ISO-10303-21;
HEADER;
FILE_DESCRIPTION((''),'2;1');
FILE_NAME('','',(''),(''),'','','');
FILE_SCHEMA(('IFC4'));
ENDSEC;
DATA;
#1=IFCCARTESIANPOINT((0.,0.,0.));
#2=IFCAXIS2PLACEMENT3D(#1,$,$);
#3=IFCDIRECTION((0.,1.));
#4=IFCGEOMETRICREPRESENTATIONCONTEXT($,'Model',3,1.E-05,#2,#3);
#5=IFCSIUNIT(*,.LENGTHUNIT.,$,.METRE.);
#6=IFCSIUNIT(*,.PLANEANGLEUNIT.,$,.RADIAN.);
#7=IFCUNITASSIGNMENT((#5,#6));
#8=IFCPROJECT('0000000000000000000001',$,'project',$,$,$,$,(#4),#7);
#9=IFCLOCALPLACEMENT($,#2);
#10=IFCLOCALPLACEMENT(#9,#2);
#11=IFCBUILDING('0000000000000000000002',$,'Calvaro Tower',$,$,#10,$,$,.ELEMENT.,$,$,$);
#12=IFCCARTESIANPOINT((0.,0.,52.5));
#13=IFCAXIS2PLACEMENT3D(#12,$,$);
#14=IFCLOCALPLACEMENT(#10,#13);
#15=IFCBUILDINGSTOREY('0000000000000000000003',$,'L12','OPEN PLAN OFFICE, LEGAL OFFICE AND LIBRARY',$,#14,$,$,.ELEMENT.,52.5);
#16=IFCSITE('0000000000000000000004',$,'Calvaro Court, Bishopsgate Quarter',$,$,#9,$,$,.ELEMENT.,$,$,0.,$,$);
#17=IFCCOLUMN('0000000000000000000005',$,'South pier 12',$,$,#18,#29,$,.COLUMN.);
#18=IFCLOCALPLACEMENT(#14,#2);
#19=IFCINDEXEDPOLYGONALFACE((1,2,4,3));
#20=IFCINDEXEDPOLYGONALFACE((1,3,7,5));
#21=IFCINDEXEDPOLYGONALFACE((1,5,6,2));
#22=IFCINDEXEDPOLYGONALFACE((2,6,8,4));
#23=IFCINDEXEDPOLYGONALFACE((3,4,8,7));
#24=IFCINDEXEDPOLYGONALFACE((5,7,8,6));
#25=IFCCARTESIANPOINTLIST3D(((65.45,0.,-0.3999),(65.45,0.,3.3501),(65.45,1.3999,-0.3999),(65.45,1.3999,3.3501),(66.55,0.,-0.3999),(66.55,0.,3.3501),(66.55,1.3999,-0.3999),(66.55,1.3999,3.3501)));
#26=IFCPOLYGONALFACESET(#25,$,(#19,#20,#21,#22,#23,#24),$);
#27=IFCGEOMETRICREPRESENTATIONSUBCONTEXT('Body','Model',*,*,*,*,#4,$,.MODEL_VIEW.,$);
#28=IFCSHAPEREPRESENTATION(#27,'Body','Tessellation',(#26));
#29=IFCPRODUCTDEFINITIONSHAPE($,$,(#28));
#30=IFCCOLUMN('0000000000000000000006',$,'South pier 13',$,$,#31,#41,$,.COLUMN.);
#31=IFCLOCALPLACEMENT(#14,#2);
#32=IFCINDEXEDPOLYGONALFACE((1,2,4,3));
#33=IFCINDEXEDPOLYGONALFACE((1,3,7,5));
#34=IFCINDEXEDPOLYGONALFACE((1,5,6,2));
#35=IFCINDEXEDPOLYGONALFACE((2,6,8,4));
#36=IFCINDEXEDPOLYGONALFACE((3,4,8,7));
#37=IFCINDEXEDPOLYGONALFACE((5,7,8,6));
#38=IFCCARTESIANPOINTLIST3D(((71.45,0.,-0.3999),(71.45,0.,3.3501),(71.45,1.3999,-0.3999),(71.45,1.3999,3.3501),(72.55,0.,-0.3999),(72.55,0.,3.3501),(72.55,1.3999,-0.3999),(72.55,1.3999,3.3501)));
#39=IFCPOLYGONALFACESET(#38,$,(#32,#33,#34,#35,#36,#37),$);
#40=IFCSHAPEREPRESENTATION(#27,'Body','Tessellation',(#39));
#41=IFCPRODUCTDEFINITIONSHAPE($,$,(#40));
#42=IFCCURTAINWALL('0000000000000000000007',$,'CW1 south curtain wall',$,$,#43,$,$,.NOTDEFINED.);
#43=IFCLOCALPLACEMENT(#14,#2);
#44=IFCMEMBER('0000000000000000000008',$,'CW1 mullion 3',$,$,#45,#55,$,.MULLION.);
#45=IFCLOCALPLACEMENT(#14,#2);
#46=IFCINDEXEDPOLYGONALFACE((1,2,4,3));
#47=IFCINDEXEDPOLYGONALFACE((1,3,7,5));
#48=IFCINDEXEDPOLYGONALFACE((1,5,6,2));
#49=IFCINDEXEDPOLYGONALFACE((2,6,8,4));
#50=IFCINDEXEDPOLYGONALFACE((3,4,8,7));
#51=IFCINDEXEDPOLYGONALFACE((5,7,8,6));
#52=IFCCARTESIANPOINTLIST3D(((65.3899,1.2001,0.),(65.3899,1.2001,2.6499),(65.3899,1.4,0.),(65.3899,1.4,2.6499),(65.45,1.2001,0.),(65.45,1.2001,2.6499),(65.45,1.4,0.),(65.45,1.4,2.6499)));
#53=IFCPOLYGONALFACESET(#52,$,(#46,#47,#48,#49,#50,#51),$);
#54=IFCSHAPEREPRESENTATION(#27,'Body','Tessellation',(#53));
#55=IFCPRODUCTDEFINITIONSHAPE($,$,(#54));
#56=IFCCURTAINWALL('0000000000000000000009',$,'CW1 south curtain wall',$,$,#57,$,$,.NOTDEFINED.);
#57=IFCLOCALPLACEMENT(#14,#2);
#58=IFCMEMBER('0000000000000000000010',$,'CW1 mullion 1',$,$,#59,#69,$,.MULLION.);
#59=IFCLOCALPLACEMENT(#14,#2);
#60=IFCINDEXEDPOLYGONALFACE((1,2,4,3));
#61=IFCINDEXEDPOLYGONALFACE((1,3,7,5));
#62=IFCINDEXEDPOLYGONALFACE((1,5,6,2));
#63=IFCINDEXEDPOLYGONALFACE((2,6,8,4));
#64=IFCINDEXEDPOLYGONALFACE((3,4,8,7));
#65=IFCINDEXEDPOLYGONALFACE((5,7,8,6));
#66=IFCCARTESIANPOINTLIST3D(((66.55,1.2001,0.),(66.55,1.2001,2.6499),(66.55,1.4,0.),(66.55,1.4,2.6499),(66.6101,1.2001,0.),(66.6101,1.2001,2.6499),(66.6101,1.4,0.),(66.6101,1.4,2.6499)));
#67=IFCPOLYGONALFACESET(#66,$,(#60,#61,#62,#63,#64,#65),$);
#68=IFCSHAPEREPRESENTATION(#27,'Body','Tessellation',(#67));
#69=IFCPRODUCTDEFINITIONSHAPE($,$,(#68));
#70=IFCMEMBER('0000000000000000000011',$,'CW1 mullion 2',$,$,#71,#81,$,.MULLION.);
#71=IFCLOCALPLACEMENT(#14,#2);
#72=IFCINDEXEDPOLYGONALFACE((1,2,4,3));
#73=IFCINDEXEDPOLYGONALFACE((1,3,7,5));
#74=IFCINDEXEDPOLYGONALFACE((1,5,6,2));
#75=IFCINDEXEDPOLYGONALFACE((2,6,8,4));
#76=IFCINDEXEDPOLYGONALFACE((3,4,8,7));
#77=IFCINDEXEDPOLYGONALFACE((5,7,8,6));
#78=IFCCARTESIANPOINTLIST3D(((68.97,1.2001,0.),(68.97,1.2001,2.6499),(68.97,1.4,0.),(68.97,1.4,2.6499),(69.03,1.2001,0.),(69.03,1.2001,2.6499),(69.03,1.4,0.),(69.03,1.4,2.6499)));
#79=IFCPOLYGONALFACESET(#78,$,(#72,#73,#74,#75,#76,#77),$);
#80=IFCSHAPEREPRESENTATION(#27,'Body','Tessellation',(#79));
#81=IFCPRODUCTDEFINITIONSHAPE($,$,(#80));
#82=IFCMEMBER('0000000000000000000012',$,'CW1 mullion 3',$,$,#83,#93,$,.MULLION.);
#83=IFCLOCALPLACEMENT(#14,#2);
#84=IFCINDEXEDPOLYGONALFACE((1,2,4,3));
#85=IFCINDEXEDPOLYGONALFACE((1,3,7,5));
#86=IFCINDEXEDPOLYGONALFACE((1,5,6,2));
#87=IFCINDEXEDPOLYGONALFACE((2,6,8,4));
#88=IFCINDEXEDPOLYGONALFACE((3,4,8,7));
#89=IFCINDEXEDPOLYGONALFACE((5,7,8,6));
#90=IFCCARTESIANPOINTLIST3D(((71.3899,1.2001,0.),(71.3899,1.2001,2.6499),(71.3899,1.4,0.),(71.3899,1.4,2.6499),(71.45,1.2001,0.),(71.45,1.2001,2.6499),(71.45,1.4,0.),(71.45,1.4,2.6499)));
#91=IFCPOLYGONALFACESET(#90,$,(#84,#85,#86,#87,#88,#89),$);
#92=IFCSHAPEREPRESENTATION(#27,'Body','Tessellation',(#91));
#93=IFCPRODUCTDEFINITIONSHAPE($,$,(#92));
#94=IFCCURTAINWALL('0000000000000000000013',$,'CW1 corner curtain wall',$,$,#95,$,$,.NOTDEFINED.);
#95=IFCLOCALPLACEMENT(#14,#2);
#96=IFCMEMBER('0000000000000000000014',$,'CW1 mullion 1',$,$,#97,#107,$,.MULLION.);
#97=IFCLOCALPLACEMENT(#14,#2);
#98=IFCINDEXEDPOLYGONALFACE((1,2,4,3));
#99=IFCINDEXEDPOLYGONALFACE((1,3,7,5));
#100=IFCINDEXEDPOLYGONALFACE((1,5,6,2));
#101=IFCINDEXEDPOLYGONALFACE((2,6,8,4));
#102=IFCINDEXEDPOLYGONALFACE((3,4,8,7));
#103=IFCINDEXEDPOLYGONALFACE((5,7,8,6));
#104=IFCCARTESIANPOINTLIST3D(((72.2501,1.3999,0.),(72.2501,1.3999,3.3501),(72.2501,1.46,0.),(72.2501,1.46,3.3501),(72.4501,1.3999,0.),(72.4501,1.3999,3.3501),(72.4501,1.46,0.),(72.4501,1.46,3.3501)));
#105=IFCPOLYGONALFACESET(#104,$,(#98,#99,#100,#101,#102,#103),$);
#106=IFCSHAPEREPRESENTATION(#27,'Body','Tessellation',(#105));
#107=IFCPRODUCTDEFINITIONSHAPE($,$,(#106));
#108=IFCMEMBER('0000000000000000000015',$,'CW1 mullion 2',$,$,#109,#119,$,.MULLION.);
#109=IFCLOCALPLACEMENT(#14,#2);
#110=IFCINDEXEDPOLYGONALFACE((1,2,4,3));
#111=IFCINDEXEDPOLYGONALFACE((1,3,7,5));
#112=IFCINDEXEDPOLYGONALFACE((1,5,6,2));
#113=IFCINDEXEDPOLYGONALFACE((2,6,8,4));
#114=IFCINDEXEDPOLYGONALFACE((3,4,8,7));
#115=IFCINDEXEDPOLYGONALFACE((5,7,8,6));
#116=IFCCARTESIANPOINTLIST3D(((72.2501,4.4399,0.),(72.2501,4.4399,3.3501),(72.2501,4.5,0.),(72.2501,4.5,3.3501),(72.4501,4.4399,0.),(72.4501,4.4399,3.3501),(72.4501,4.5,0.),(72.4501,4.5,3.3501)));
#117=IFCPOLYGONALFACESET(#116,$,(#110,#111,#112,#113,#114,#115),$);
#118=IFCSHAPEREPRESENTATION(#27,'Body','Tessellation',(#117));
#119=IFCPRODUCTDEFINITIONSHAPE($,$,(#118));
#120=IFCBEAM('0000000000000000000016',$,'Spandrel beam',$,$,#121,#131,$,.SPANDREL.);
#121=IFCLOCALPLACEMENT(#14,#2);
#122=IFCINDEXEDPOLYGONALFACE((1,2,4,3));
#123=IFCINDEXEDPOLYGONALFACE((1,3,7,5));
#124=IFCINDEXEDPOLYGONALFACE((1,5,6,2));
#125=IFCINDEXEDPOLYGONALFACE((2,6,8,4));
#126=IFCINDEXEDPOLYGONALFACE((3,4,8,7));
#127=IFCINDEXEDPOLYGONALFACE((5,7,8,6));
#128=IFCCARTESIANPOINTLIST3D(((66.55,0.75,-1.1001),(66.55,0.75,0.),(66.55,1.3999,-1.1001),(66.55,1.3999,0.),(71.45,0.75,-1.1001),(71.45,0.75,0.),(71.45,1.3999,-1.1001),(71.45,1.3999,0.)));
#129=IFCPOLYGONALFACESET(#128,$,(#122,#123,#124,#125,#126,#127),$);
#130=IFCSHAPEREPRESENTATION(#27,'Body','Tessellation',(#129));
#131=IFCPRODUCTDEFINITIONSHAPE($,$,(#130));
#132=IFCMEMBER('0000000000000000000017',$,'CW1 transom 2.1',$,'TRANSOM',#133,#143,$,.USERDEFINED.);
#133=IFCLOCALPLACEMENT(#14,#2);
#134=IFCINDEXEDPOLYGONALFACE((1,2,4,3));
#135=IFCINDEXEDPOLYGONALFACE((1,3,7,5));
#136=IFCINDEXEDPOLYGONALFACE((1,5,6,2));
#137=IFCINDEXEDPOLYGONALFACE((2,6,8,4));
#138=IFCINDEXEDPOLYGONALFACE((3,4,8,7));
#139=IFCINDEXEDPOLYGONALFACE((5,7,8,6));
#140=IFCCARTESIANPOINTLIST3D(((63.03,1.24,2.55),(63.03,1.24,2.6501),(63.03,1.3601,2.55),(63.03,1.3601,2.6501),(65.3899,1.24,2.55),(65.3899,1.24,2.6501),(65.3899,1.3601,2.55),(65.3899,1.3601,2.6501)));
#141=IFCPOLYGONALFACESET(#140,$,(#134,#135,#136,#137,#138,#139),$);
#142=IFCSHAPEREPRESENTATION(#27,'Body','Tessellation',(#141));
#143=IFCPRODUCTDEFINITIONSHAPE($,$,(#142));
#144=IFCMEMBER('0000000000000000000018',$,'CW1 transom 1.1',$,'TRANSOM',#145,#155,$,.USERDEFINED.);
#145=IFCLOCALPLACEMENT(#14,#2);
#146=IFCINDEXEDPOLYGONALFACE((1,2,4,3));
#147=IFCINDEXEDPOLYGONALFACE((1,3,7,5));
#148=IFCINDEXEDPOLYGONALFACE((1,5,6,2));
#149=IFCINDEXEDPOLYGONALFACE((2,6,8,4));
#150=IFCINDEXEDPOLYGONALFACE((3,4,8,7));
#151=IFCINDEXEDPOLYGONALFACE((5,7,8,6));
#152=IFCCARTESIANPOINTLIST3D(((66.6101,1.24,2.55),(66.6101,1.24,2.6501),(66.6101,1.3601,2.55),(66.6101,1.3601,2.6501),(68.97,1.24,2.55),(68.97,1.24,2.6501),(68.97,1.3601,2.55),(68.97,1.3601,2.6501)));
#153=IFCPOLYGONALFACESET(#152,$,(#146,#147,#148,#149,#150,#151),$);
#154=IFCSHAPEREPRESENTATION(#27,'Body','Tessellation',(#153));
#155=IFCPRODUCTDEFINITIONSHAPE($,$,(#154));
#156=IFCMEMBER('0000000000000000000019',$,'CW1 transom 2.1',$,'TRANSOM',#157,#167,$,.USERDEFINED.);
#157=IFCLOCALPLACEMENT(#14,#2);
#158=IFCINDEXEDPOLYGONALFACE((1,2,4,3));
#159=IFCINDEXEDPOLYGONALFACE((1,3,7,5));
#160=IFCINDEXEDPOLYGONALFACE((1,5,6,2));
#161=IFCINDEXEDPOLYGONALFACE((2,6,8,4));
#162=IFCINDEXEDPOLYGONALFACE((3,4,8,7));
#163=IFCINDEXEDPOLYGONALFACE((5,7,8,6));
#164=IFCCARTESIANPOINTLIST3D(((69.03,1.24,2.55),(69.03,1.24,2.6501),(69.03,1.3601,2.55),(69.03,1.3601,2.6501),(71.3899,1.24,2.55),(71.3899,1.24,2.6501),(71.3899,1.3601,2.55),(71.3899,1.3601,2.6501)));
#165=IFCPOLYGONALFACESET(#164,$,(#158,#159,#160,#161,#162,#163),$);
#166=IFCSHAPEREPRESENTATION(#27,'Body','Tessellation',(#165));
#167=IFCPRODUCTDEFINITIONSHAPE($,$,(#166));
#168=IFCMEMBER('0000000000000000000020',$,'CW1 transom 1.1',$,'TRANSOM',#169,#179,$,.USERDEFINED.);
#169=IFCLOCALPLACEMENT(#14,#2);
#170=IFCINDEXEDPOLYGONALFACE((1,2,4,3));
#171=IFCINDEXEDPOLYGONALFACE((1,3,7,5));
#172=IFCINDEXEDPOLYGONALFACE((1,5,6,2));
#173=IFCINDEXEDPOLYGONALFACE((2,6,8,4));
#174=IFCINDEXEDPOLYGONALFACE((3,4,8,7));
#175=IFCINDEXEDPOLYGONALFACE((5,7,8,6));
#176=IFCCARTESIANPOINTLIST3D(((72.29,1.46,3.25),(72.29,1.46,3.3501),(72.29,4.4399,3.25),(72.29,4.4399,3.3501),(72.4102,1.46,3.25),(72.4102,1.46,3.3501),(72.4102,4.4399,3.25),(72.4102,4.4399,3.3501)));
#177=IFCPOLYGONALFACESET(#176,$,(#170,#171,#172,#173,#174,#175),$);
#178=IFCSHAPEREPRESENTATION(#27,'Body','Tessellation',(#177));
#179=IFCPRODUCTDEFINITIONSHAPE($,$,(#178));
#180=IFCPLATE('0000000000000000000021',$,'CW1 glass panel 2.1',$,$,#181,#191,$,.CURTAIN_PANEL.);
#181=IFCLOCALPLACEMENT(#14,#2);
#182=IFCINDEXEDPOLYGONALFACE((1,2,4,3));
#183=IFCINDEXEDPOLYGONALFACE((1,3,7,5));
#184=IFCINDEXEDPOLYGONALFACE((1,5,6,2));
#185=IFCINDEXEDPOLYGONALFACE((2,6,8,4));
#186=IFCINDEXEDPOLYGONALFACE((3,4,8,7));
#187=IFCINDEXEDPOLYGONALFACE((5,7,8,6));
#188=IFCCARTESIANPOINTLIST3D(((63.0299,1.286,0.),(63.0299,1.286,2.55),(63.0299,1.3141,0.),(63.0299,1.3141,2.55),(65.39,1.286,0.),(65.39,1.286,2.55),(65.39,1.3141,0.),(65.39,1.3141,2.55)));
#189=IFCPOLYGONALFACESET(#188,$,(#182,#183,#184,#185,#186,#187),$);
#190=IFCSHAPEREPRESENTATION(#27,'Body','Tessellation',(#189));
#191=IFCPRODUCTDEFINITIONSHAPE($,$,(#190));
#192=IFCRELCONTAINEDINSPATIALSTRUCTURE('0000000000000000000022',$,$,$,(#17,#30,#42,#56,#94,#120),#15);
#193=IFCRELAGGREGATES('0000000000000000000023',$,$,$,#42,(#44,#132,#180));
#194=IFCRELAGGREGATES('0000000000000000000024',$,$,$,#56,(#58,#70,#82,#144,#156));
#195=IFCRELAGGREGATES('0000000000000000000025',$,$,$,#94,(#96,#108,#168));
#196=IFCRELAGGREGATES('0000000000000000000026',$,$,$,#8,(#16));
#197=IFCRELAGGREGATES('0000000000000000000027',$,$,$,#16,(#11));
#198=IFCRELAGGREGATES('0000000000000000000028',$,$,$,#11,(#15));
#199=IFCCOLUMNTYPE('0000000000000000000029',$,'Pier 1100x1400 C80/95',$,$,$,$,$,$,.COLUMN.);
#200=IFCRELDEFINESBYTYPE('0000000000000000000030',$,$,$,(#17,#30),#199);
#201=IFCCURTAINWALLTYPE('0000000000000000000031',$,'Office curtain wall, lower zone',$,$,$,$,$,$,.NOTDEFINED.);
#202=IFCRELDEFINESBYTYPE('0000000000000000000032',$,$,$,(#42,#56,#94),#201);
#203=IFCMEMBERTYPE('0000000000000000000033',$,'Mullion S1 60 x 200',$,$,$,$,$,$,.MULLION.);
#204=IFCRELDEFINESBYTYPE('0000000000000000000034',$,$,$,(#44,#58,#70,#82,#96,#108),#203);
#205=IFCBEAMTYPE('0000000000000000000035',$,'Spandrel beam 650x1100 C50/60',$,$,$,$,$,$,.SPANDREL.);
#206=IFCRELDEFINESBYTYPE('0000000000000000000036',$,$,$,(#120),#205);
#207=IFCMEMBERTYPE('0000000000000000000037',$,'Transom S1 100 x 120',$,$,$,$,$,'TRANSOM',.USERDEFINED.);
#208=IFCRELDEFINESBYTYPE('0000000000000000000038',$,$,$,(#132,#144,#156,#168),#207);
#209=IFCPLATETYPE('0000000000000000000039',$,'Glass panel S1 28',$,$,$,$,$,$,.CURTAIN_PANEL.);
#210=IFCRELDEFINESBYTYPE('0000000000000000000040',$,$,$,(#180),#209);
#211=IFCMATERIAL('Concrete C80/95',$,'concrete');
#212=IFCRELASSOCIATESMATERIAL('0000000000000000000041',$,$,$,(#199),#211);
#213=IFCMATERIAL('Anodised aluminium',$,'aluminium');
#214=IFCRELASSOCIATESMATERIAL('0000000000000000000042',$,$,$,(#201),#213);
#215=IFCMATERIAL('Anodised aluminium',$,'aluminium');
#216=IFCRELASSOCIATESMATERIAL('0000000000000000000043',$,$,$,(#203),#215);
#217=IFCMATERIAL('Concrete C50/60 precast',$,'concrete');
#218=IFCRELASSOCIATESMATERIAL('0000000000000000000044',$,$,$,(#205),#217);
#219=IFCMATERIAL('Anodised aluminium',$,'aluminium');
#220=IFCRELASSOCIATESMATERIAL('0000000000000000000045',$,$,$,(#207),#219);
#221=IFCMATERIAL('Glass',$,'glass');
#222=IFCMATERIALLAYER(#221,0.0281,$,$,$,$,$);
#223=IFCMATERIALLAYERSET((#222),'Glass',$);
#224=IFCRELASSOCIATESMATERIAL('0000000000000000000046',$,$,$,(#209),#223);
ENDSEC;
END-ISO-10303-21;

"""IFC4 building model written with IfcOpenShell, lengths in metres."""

from ifc_helpers import new_model, si_unit, direction, frame, origin, origin_2d, place, context, subcontext, project, spatial, rectangle, extrude, material, layer, layer_set, material_profile, profile_set, type_object, element, aggregate, save


model = new_model("IFC4")

# Units and contexts
model_context = context("Model", 3, precision=1e-05, world=origin(), true_north=direction((0.0, 1.0)))
body_context = subcontext(model_context, "Body", "Model", "MODEL_VIEW")
ifc_project = project(units=[si_unit("LENGTHUNIT", "METRE"), si_unit("PLANEANGLEUNIT", "RADIAN")], contexts=[model_context])

# Site, building, storey
site_placement = place(None, origin())
site = spatial("IfcSite", under=ifc_project, at=site_placement, Name="Calvaro Court, Bishopsgate Quarter", CompositionType="ELEMENT", RefElevation=0.0)
building_placement = place(site_placement, origin())
building = spatial("IfcBuilding", under=site, at=building_placement, Name="Calvaro Tower", CompositionType="ELEMENT")
storey_placement = place(building_placement, frame((0.0, 0.0, 52.5)))
storey = spatial("IfcBuildingStorey", under=building, at=storey_placement, Name="L12", Description="OPEN PLAN OFFICE, LEGAL OFFICE AND LIBRARY", CompositionType="ELEMENT", Elevation=52.5)

# Columns
ifc_material_1 = material(Name="Concrete C80/95", Category="concrete")
ifc_material_profile_1 = material_profile(ifc_material_1, rectangle(XDim=1.1001, YDim=1.3999, at=origin_2d()), Name="RC 1100x1400")
ifc_profile_set_1 = profile_set([ifc_material_profile_1], Name="Concrete C80/95")
column_type = type_object("IfcColumnType", Name="Pier 1100x1400 C80/95", PredefinedType="COLUMN", material=ifc_profile_set_1)
for number, where, z_axis, x_axis, name in (
    (1, (66.0, 0.7, -0.3999), (0.0, 0.0, 1.0), (1.0, 0.0, 0.0), "South pier 12"),
    (2, (72.0, 0.7, -0.3999), (0.0, 0.0, 1.0), (1.0, 0.0, 0.0), "South pier 13"),
):
    element("IfcColumn", number, at=place(storey_placement, frame(where, z_axis=z_axis, x_axis=x_axis)), inside=storey, type_object=column_type, Name=name, PredefinedType="COLUMN", context=body_context, shape_type="SweptSolid", body=[
        extrude(rectangle(XDim=1.1001, YDim=1.3999, at=origin_2d()), origin(), (0.0, 0.0, 1.0), 3.75),
    ])

# Curtain wall, member
ifc_material_2 = material(Name="Anodised aluminium", Category="aluminium")
curtain_wall_type = type_object("IfcCurtainWallType", Name="Office curtain wall, lower zone", PredefinedType="NOTDEFINED", material=ifc_material_2)
curtain_wall_1_placement = place(storey_placement, origin())
curtain_wall_1 = element("IfcCurtainWall", 3, at=curtain_wall_1_placement, inside=storey, type_object=curtain_wall_type, Name="CW1 south curtain wall", PredefinedType="NOTDEFINED")
ifc_material_3 = material(Name="Anodised aluminium", Category="aluminium")
ifc_material_profile_2 = material_profile(ifc_material_3, rectangle(XDim=0.2, YDim=0.0601, at=origin_2d()), Name="Mullion S1 60 x 200")
ifc_profile_set_2 = profile_set([ifc_material_profile_2], Name="Anodised aluminium")
member_type_1 = type_object("IfcMemberType", Name="Mullion S1 60 x 200", PredefinedType="MULLION", material=ifc_profile_set_2)
member_1_placement = place(storey_placement, frame((65.4199, 1.3, 0.0), z_axis=(0.0, 0.0, 1.0), x_axis=(0.0, 1.0, 0.0)))
member_1 = element("IfcMember", 4, at=member_1_placement, type_object=member_type_1, Name="CW1 mullion 3", PredefinedType="MULLION", context=body_context, shape_type="SweptSolid", body=[
    extrude(rectangle(XDim=0.2, YDim=0.0601, at=origin_2d()), origin(), (0.0, 0.0, 1.0), 2.6499),
])

# Curtain walls, members
curtain_wall_2_placement = place(storey_placement, origin())
curtain_wall_2 = element("IfcCurtainWall", 5, at=curtain_wall_2_placement, inside=storey, type_object=curtain_wall_type, Name="CW1 south curtain wall", PredefinedType="NOTDEFINED")
member_2_placement = place(storey_placement, frame((66.5801, 1.3, 0.0), z_axis=(0.0, 0.0, 1.0), x_axis=(0.0, 1.0, 0.0)))
member_2 = element("IfcMember", 6, at=member_2_placement, type_object=member_type_1, Name="CW1 mullion 1", PredefinedType="MULLION", context=body_context, shape_type="SweptSolid", body=[
    extrude(rectangle(XDim=0.2, YDim=0.0601, at=origin_2d()), origin(), (0.0, 0.0, 1.0), 2.6499),
])
member_3_placement = place(storey_placement, frame((69.0, 1.3, 0.0), z_axis=(0.0, 0.0, 1.0), x_axis=(0.0, 1.0, 0.0)))
member_3 = element("IfcMember", 7, at=member_3_placement, type_object=member_type_1, Name="CW1 mullion 2", PredefinedType="MULLION", context=body_context, shape_type="SweptSolid", body=[
    extrude(rectangle(XDim=0.2, YDim=0.0601, at=origin_2d()), origin(), (0.0, 0.0, 1.0), 2.6499),
])
member_4_placement = place(storey_placement, frame((71.4199, 1.3, 0.0), z_axis=(0.0, 0.0, 1.0), x_axis=(0.0, 1.0, 0.0)))
member_4 = element("IfcMember", 8, at=member_4_placement, type_object=member_type_1, Name="CW1 mullion 3", PredefinedType="MULLION", context=body_context, shape_type="SweptSolid", body=[
    extrude(rectangle(XDim=0.2, YDim=0.0601, at=origin_2d()), origin(), (0.0, 0.0, 1.0), 2.6499),
])
curtain_wall_3_placement = place(storey_placement, origin())
curtain_wall_3 = element("IfcCurtainWall", 9, at=curtain_wall_3_placement, inside=storey, type_object=curtain_wall_type, Name="CW1 corner curtain wall", PredefinedType="NOTDEFINED")
member_5_placement = place(storey_placement, frame((72.3501, 1.4299, 0.0), z_axis=(0.0, 0.0, 1.0), x_axis=(-1.0, 0.0, 0.0)))
member_5 = element("IfcMember", 10, at=member_5_placement, type_object=member_type_1, Name="CW1 mullion 1", PredefinedType="MULLION", context=body_context, shape_type="SweptSolid", body=[
    extrude(rectangle(XDim=0.2, YDim=0.0601, at=origin_2d()), origin(), (0.0, 0.0, 1.0), 3.3501),
])
member_6_placement = place(storey_placement, frame((72.3501, 4.47, 0.0), z_axis=(0.0, 0.0, 1.0), x_axis=(-1.0, 0.0, 0.0)))
member_6 = element("IfcMember", 11, at=member_6_placement, type_object=member_type_1, Name="CW1 mullion 2", PredefinedType="MULLION", context=body_context, shape_type="SweptSolid", body=[
    extrude(rectangle(XDim=0.2, YDim=0.0601, at=origin_2d()), origin(), (0.0, 0.0, 1.0), 3.3501),
])

# Beam
ifc_material_4 = material(Name="Concrete C50/60 precast", Category="concrete")
ifc_material_profile_3 = material_profile(ifc_material_4, rectangle(XDim=0.6499, YDim=1.1001, at=origin_2d()), Name="RC 650x1100")
ifc_profile_set_3 = profile_set([ifc_material_profile_3], Name="Concrete C50/60 precast")
beam_type = type_object("IfcBeamType", Name="Spandrel beam 650x1100 C50/60", PredefinedType="SPANDREL", material=ifc_profile_set_3)
beam_placement = place(storey_placement, frame((66.55, 1.075, -0.55), z_axis=(1.0, 0.0, 0.0), x_axis=(0.0, 1.0, 0.0)))
element("IfcBeam", 12, at=beam_placement, inside=storey, type_object=beam_type, Name="Spandrel beam", PredefinedType="SPANDREL", context=body_context, shape_type="SweptSolid", body=[
    extrude(rectangle(XDim=0.6499, YDim=1.1001, at=origin_2d()), origin(), (0.0, 0.0, 1.0), 4.8999),
])

# Members
ifc_material_5 = material(Name="Anodised aluminium", Category="aluminium")
ifc_material_profile_4 = material_profile(ifc_material_5, rectangle(XDim=0.1201, YDim=0.1001, at=origin_2d()), Name="Transom S1 100 x 120")
ifc_profile_set_4 = profile_set([ifc_material_profile_4], Name="Anodised aluminium")
member_type_2 = type_object("IfcMemberType", Name="Transom S1 100 x 120", ElementType="TRANSOM", PredefinedType="USERDEFINED", material=ifc_profile_set_4)
member_7_placement = place(storey_placement, frame((63.03, 1.3, 2.6001), z_axis=(1.0, 0.0, 0.0), x_axis=(0.0, 1.0, 0.0)))
member_7 = element("IfcMember", 13, at=member_7_placement, type_object=member_type_2, Name="CW1 transom 2.1", ObjectType="TRANSOM", PredefinedType="USERDEFINED", context=body_context, shape_type="SweptSolid", body=[
    extrude(rectangle(XDim=0.1201, YDim=0.1001, at=origin_2d()), origin(), (0.0, 0.0, 1.0), 2.3599),
])
member_8_placement = place(storey_placement, frame((66.6101, 1.3, 2.6001), z_axis=(1.0, 0.0, 0.0), x_axis=(0.0, 1.0, 0.0)))
member_8 = element("IfcMember", 14, at=member_8_placement, type_object=member_type_2, Name="CW1 transom 1.1", ObjectType="TRANSOM", PredefinedType="USERDEFINED", context=body_context, shape_type="SweptSolid", body=[
    extrude(rectangle(XDim=0.1201, YDim=0.1001, at=origin_2d()), origin(), (0.0, 0.0, 1.0), 2.3599),
])
member_9_placement = place(storey_placement, frame((69.03, 1.3, 2.6001), z_axis=(1.0, 0.0, 0.0), x_axis=(0.0, 1.0, 0.0)))
member_9 = element("IfcMember", 15, at=member_9_placement, type_object=member_type_2, Name="CW1 transom 2.1", ObjectType="TRANSOM", PredefinedType="USERDEFINED", context=body_context, shape_type="SweptSolid", body=[
    extrude(rectangle(XDim=0.1201, YDim=0.1001, at=origin_2d()), origin(), (0.0, 0.0, 1.0), 2.3599),
])
member_10_placement = place(storey_placement, frame((72.3501, 1.46, 3.3), z_axis=(0.0, 1.0, 0.0), x_axis=(-1.0, 0.0, 0.0)))
member_10 = element("IfcMember", 16, at=member_10_placement, type_object=member_type_2, Name="CW1 transom 1.1", ObjectType="TRANSOM", PredefinedType="USERDEFINED", context=body_context, shape_type="SweptSolid", body=[
    extrude(rectangle(XDim=0.1201, YDim=0.1001, at=origin_2d()), origin(), (0.0, 0.0, 1.0), 2.98),
])

# Plate
ifc_material_6 = material(Name="Glass", Category="glass")
ifc_layer = layer(ifc_material_6, 0.0281)
ifc_layer_set = layer_set([ifc_layer], Name="Glass")
plate_type = type_object("IfcPlateType", Name="Glass panel S1 28", PredefinedType="CURTAIN_PANEL", material=ifc_layer_set)
plate_1_placement = place(storey_placement, frame((64.21, 1.3, 0.0), z_axis=(0.0, 0.0, 1.0), x_axis=(1.0, 0.0, 0.0)))
plate_1 = element("IfcPlate", 17, at=plate_1_placement, type_object=plate_type, Name="CW1 glass panel 2.1", PredefinedType="CURTAIN_PANEL", context=body_context, shape_type="SweptSolid", body=[
    extrude(rectangle(XDim=2.3601, YDim=0.0281, at=origin_2d()), origin(), (0.0, 0.0, 1.0), 2.55),
])
aggregate(curtain_wall_1, [member_1, member_7, plate_1])
aggregate(curtain_wall_2, [member_2, member_3, member_4, member_8, member_9])
aggregate(curtain_wall_3, [member_5, member_6, member_10])

save(model, "model.ifc")
